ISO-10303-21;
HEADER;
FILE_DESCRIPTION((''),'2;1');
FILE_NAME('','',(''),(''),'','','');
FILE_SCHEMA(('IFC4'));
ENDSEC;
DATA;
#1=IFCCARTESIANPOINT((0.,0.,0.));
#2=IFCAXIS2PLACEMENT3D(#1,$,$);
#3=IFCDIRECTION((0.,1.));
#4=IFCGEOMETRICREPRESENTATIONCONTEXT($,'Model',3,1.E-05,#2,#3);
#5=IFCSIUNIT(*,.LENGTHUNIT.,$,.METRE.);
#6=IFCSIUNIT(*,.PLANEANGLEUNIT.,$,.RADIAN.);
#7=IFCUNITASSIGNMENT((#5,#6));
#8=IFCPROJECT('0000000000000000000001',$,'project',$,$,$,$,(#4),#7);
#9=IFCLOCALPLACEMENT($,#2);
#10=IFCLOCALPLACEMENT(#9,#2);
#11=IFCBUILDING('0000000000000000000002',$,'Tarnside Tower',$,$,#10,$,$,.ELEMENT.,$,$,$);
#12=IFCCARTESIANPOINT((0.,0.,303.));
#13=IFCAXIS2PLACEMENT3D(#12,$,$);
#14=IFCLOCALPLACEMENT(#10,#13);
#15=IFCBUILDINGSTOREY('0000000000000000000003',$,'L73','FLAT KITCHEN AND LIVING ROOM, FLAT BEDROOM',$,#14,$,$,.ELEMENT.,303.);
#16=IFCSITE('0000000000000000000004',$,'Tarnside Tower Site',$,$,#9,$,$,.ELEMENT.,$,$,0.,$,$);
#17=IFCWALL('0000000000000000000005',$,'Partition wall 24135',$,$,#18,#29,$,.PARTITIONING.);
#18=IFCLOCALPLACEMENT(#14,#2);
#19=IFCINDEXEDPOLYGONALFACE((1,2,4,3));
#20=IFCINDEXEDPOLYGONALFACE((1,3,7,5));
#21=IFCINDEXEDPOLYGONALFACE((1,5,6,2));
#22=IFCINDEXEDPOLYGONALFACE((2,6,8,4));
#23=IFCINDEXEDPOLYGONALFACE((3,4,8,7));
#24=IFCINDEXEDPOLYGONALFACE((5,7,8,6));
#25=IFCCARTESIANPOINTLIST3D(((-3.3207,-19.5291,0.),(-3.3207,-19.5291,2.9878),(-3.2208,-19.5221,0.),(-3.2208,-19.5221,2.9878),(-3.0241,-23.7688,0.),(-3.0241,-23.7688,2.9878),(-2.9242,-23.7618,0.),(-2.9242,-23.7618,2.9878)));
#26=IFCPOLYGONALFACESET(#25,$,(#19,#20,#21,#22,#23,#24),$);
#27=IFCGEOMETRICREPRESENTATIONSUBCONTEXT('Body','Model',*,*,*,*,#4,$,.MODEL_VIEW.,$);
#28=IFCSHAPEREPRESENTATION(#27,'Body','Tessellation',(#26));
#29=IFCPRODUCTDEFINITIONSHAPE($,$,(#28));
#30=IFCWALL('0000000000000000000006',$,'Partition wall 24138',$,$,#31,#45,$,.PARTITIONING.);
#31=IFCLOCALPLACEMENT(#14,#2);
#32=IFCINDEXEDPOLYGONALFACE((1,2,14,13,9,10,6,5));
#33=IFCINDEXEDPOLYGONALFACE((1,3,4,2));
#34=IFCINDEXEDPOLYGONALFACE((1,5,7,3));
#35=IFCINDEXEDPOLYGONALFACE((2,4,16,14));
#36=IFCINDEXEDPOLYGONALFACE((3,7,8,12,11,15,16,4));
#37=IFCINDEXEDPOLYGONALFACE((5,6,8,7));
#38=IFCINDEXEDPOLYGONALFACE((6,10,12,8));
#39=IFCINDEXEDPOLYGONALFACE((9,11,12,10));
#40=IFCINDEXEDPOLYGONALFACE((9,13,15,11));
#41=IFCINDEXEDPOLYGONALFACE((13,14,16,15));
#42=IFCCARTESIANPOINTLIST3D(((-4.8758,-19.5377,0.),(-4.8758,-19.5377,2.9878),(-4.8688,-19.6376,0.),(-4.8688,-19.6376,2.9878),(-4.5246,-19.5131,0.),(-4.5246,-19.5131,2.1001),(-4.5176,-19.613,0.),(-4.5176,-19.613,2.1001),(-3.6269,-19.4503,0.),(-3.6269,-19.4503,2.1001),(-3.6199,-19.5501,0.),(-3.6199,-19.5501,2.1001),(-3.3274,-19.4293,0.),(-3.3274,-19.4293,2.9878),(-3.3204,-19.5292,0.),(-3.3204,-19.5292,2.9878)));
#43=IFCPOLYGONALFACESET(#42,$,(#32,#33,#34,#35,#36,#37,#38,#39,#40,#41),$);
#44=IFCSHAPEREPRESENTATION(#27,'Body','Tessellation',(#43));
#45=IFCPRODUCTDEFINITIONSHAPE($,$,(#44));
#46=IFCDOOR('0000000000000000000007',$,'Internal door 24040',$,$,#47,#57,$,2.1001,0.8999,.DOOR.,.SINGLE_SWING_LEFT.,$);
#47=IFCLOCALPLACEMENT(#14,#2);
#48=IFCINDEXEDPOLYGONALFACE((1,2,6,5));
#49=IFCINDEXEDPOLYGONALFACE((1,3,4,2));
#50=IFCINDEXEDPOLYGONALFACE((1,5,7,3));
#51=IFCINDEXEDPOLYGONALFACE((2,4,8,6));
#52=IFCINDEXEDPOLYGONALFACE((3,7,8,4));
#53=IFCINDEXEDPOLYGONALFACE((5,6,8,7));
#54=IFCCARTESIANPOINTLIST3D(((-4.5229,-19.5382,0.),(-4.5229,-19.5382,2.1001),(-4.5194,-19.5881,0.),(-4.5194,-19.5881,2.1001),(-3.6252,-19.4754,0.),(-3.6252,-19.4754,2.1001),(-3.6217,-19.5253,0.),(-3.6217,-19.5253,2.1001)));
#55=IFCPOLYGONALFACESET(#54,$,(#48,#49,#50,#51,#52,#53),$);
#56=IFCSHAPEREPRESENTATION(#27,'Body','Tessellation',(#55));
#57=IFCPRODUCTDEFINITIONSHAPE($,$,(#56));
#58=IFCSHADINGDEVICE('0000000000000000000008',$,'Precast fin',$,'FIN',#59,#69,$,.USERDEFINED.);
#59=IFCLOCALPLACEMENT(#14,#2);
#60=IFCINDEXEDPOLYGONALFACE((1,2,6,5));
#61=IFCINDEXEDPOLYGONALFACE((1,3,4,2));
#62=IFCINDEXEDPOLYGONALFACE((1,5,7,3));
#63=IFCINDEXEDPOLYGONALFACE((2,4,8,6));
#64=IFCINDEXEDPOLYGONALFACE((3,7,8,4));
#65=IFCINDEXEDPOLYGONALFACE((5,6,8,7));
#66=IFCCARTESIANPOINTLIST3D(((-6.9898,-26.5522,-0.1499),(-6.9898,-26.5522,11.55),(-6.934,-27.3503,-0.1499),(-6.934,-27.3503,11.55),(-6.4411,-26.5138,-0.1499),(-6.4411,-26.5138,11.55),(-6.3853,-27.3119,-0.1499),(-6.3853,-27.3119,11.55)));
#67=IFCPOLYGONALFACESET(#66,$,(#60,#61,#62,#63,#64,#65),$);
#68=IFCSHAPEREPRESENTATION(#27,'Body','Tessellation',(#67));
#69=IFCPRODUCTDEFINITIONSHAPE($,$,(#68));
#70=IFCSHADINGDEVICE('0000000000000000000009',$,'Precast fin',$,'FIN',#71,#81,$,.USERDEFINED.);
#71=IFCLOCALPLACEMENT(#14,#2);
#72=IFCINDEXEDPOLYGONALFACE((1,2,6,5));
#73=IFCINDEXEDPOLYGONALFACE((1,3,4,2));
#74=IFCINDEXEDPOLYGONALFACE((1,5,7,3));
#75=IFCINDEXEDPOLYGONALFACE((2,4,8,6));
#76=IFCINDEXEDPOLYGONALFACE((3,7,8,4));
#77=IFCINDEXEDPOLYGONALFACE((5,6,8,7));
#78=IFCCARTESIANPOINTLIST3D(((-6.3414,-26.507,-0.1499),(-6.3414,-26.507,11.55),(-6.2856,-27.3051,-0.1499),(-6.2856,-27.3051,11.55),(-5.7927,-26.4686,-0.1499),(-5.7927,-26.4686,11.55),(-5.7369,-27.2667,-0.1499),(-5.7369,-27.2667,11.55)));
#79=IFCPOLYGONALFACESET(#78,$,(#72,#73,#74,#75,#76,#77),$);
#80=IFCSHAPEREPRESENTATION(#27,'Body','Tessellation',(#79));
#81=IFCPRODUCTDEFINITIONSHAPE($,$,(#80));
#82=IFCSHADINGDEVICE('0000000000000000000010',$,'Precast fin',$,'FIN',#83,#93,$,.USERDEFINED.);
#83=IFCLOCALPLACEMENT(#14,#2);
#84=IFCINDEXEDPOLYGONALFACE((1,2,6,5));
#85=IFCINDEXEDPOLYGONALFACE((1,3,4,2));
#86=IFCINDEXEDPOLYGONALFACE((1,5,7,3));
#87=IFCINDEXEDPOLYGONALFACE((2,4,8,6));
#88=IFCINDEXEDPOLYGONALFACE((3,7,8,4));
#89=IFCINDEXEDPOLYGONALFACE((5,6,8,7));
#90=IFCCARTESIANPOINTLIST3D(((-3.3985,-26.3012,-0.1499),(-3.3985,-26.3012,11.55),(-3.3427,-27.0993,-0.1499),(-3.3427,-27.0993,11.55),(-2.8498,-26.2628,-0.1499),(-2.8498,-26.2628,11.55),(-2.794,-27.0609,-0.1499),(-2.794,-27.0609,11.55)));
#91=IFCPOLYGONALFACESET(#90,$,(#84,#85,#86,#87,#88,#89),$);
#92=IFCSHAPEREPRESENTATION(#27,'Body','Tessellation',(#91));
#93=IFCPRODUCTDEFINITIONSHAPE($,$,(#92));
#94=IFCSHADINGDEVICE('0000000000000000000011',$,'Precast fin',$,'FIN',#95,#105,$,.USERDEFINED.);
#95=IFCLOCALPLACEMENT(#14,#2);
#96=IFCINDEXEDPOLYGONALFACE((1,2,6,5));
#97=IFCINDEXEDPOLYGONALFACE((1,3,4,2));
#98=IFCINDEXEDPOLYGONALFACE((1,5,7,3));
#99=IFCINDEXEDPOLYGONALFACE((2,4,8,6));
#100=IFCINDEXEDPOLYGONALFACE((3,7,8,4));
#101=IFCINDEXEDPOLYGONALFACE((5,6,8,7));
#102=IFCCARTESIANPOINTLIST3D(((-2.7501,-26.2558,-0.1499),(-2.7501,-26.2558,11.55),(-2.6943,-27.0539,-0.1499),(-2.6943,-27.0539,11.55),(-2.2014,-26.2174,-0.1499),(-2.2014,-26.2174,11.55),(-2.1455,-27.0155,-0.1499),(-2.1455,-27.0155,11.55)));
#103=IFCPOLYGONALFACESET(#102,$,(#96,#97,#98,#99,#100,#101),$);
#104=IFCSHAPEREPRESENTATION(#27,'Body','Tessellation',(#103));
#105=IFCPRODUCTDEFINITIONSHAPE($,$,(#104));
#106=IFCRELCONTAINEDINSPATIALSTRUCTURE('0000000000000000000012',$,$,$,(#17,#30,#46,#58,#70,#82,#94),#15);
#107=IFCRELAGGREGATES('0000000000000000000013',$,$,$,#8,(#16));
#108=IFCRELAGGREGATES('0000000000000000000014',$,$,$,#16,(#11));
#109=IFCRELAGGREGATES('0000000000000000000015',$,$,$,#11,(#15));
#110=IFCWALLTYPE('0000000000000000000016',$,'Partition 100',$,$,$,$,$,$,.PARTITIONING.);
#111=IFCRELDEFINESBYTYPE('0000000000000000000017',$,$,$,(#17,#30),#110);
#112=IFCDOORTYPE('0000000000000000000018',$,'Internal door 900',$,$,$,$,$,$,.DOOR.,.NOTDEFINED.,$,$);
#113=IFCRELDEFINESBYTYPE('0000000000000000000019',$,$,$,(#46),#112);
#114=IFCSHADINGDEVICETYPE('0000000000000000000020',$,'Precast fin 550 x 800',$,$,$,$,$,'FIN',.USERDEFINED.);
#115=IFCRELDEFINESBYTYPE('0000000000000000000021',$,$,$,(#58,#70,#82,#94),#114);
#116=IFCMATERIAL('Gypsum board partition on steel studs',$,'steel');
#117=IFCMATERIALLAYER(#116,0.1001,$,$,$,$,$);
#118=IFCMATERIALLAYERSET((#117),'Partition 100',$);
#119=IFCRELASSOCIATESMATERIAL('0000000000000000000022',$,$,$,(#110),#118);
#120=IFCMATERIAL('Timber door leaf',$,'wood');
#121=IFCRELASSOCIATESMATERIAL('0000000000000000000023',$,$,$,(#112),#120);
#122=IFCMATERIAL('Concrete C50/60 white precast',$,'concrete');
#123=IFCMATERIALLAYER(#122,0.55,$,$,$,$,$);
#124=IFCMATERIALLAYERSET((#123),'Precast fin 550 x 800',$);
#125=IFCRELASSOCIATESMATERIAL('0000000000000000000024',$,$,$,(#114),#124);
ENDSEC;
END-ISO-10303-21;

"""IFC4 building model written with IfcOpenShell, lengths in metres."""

from ifc_helpers import new_model, si_unit, direction, frame, frame_2d, origin, place, context, subcontext, project, spatial, polyline, rectangle, outline, extrude, material, layer, layer_set, type_object, element, fill, save


model = new_model("IFC4")

# Units and contexts
model_context = context("Model", 3, precision=1e-05, world=origin(), true_north=direction((0.0, 1.0)))
body_context = subcontext(model_context, "Body", "Model", "MODEL_VIEW")
ifc_project = project(units=[si_unit("LENGTHUNIT", "METRE"), si_unit("PLANEANGLEUNIT", "RADIAN")], contexts=[model_context])

# Site, building, storey
site_placement = place(None, origin())
site = spatial("IfcSite", under=ifc_project, at=site_placement, Name="Tarnside Tower Site", CompositionType="ELEMENT", RefElevation=0.0)
building_placement = place(site_placement, origin())
building = spatial("IfcBuilding", under=site, at=building_placement, Name="Tarnside Tower", CompositionType="ELEMENT")
storey_placement = place(building_placement, frame((0.0, 0.0, 303.0)))
storey = spatial("IfcBuildingStorey", under=building, at=storey_placement, Name="L73", Description="FLAT KITCHEN AND LIVING ROOM, FLAT BEDROOM", CompositionType="ELEMENT", Elevation=303.0)

# Wall
ifc_material_1 = material(Name="Gypsum board partition on steel studs", Category="steel")
ifc_layer_1 = layer(ifc_material_1, 0.1001)
ifc_layer_set_1 = layer_set([ifc_layer_1], Name="Partition 100")
wall_type_1 = type_object("IfcWallType", Name="Partition 100", PredefinedType="PARTITIONING", material=ifc_layer_set_1)
wall_1_placement = place(storey_placement, frame((-3.2708, -19.5256, 0.0), z_axis=(0.0, 0.0, 1.0), x_axis=(0.069794, -0.997561, 0.0)))
element("IfcWall", 1, at=wall_1_placement, inside=storey, type_object=wall_type_1, Name="Partition wall 24135", PredefinedType="PARTITIONING", context=body_context, shape_type="SweptSolid", body=[
    extrude(rectangle(XDim=4.25, YDim=0.1001, at=frame_2d((2.125, 0.0))), origin(), (0.0, 0.0, 1.0), 2.9878),
])

# Wall, opening, door
wall_2_placement = place(storey_placement, frame((-4.8723, -19.5876, 0.0), z_axis=(0.0, 0.0, 1.0), x_axis=(0.997558, 0.069839, 0.0)))
wall_2 = element("IfcWall", 2, at=wall_2_placement, inside=storey, type_object=wall_type_1, Name="Partition wall 24138", PredefinedType="PARTITIONING", context=body_context, shape_type="SweptSolid", body=[
    extrude(rectangle(XDim=1.5522, YDim=0.1001, at=frame_2d((0.7761, 0.0))), origin(), (0.0, 0.0, 1.0), 2.9878),
])
opening_placement = place(wall_2_placement, frame((0.3521, 0.0, 0.0)))
opening = element("IfcOpeningElement", 3, at=opening_placement, cuts=wall_2, PredefinedType="OPENING", context=body_context, shape_type="SweptSolid", body=[
    extrude(rectangle(XDim=0.8999, YDim=2.1001, at=frame_2d((0.45, 1.05))), frame((0.0, 0.0601, 0.0), z_axis=(0.0, -1.0, 0.0), x_axis=(1.0, 0.0, 0.0)), (0.0, 0.0, 1.0), 0.1201),
])
ifc_material_2 = material(Name="Timber door leaf", Category="wood")
door_type = type_object("IfcDoorType", Name="Internal door 900", OperationType="NOTDEFINED", PredefinedType="DOOR", material=ifc_material_2)
door_placement = place(opening_placement, origin())
door = element("IfcDoor", 4, at=door_placement, inside=storey, type_object=door_type, Name="Internal door 24040", OperationType="SINGLE_SWING_LEFT", OverallHeight=2.1001, OverallWidth=0.8999, PredefinedType="DOOR", context=body_context, shape_type="SweptSolid", body=[
    extrude(rectangle(XDim=0.8999, YDim=2.1001, at=frame_2d((0.45, 1.05))), frame((0.0, 0.0249, 0.0), z_axis=(0.0, -1.0, 0.0), x_axis=(1.0, 0.0, 0.0)), (0.0, 0.0, 1.0), 0.05),
])
fill(opening, door)

# Shading devices
ifc_material_3 = material(Name="Concrete C50/60 white precast", Category="concrete")
ifc_layer_2 = layer(ifc_material_3, 0.55)
ifc_layer_set_2 = layer_set([ifc_layer_2], Name="Precast fin 550 x 800")
shading_device_type = type_object("IfcShadingDeviceType", Name="Precast fin 550 x 800", ElementType="FIN", PredefinedType="USERDEFINED", material=ifc_layer_set_2)
for number, where, z_axis, x_axis, name in (
    (5, (-6.7153, -26.533, -0.1499), (-0.997564, -0.069756, 0.0), (0.069756, -0.997564, 0.0), "Precast fin"),
    (6, (-6.0669, -26.4878, -0.1499), (-0.997564, -0.069756, 0.0), (0.069756, -0.997564, 0.0), "Precast fin"),
    (7, (-3.124, -26.282, -0.1499), (-0.997564, -0.069756, 0.0), (0.069756, -0.997564, 0.0), "Precast fin"),
    (8, (-2.4756, -26.2366, -0.1499), (-0.997564, -0.069756, 0.0), (0.069756, -0.997564, 0.0), "Precast fin"),
):
    element("IfcShadingDevice", number, at=place(storey_placement, frame(where, z_axis=z_axis, x_axis=x_axis)), inside=storey, type_object=shading_device_type, Name=name, ObjectType="FIN", PredefinedType="USERDEFINED", context=body_context, shape_type="SweptSolid", body=[
        extrude(outline(polyline([(0.0, 0.0), (0.8, 0.0), (0.8, 11.7), (0.0, 11.7), (0.0, 0.0)])), frame((0.0, 0.0, -0.2749)), (0.0, 0.0, 1.0), 0.55),
    ])

save(model, "model.ifc")
